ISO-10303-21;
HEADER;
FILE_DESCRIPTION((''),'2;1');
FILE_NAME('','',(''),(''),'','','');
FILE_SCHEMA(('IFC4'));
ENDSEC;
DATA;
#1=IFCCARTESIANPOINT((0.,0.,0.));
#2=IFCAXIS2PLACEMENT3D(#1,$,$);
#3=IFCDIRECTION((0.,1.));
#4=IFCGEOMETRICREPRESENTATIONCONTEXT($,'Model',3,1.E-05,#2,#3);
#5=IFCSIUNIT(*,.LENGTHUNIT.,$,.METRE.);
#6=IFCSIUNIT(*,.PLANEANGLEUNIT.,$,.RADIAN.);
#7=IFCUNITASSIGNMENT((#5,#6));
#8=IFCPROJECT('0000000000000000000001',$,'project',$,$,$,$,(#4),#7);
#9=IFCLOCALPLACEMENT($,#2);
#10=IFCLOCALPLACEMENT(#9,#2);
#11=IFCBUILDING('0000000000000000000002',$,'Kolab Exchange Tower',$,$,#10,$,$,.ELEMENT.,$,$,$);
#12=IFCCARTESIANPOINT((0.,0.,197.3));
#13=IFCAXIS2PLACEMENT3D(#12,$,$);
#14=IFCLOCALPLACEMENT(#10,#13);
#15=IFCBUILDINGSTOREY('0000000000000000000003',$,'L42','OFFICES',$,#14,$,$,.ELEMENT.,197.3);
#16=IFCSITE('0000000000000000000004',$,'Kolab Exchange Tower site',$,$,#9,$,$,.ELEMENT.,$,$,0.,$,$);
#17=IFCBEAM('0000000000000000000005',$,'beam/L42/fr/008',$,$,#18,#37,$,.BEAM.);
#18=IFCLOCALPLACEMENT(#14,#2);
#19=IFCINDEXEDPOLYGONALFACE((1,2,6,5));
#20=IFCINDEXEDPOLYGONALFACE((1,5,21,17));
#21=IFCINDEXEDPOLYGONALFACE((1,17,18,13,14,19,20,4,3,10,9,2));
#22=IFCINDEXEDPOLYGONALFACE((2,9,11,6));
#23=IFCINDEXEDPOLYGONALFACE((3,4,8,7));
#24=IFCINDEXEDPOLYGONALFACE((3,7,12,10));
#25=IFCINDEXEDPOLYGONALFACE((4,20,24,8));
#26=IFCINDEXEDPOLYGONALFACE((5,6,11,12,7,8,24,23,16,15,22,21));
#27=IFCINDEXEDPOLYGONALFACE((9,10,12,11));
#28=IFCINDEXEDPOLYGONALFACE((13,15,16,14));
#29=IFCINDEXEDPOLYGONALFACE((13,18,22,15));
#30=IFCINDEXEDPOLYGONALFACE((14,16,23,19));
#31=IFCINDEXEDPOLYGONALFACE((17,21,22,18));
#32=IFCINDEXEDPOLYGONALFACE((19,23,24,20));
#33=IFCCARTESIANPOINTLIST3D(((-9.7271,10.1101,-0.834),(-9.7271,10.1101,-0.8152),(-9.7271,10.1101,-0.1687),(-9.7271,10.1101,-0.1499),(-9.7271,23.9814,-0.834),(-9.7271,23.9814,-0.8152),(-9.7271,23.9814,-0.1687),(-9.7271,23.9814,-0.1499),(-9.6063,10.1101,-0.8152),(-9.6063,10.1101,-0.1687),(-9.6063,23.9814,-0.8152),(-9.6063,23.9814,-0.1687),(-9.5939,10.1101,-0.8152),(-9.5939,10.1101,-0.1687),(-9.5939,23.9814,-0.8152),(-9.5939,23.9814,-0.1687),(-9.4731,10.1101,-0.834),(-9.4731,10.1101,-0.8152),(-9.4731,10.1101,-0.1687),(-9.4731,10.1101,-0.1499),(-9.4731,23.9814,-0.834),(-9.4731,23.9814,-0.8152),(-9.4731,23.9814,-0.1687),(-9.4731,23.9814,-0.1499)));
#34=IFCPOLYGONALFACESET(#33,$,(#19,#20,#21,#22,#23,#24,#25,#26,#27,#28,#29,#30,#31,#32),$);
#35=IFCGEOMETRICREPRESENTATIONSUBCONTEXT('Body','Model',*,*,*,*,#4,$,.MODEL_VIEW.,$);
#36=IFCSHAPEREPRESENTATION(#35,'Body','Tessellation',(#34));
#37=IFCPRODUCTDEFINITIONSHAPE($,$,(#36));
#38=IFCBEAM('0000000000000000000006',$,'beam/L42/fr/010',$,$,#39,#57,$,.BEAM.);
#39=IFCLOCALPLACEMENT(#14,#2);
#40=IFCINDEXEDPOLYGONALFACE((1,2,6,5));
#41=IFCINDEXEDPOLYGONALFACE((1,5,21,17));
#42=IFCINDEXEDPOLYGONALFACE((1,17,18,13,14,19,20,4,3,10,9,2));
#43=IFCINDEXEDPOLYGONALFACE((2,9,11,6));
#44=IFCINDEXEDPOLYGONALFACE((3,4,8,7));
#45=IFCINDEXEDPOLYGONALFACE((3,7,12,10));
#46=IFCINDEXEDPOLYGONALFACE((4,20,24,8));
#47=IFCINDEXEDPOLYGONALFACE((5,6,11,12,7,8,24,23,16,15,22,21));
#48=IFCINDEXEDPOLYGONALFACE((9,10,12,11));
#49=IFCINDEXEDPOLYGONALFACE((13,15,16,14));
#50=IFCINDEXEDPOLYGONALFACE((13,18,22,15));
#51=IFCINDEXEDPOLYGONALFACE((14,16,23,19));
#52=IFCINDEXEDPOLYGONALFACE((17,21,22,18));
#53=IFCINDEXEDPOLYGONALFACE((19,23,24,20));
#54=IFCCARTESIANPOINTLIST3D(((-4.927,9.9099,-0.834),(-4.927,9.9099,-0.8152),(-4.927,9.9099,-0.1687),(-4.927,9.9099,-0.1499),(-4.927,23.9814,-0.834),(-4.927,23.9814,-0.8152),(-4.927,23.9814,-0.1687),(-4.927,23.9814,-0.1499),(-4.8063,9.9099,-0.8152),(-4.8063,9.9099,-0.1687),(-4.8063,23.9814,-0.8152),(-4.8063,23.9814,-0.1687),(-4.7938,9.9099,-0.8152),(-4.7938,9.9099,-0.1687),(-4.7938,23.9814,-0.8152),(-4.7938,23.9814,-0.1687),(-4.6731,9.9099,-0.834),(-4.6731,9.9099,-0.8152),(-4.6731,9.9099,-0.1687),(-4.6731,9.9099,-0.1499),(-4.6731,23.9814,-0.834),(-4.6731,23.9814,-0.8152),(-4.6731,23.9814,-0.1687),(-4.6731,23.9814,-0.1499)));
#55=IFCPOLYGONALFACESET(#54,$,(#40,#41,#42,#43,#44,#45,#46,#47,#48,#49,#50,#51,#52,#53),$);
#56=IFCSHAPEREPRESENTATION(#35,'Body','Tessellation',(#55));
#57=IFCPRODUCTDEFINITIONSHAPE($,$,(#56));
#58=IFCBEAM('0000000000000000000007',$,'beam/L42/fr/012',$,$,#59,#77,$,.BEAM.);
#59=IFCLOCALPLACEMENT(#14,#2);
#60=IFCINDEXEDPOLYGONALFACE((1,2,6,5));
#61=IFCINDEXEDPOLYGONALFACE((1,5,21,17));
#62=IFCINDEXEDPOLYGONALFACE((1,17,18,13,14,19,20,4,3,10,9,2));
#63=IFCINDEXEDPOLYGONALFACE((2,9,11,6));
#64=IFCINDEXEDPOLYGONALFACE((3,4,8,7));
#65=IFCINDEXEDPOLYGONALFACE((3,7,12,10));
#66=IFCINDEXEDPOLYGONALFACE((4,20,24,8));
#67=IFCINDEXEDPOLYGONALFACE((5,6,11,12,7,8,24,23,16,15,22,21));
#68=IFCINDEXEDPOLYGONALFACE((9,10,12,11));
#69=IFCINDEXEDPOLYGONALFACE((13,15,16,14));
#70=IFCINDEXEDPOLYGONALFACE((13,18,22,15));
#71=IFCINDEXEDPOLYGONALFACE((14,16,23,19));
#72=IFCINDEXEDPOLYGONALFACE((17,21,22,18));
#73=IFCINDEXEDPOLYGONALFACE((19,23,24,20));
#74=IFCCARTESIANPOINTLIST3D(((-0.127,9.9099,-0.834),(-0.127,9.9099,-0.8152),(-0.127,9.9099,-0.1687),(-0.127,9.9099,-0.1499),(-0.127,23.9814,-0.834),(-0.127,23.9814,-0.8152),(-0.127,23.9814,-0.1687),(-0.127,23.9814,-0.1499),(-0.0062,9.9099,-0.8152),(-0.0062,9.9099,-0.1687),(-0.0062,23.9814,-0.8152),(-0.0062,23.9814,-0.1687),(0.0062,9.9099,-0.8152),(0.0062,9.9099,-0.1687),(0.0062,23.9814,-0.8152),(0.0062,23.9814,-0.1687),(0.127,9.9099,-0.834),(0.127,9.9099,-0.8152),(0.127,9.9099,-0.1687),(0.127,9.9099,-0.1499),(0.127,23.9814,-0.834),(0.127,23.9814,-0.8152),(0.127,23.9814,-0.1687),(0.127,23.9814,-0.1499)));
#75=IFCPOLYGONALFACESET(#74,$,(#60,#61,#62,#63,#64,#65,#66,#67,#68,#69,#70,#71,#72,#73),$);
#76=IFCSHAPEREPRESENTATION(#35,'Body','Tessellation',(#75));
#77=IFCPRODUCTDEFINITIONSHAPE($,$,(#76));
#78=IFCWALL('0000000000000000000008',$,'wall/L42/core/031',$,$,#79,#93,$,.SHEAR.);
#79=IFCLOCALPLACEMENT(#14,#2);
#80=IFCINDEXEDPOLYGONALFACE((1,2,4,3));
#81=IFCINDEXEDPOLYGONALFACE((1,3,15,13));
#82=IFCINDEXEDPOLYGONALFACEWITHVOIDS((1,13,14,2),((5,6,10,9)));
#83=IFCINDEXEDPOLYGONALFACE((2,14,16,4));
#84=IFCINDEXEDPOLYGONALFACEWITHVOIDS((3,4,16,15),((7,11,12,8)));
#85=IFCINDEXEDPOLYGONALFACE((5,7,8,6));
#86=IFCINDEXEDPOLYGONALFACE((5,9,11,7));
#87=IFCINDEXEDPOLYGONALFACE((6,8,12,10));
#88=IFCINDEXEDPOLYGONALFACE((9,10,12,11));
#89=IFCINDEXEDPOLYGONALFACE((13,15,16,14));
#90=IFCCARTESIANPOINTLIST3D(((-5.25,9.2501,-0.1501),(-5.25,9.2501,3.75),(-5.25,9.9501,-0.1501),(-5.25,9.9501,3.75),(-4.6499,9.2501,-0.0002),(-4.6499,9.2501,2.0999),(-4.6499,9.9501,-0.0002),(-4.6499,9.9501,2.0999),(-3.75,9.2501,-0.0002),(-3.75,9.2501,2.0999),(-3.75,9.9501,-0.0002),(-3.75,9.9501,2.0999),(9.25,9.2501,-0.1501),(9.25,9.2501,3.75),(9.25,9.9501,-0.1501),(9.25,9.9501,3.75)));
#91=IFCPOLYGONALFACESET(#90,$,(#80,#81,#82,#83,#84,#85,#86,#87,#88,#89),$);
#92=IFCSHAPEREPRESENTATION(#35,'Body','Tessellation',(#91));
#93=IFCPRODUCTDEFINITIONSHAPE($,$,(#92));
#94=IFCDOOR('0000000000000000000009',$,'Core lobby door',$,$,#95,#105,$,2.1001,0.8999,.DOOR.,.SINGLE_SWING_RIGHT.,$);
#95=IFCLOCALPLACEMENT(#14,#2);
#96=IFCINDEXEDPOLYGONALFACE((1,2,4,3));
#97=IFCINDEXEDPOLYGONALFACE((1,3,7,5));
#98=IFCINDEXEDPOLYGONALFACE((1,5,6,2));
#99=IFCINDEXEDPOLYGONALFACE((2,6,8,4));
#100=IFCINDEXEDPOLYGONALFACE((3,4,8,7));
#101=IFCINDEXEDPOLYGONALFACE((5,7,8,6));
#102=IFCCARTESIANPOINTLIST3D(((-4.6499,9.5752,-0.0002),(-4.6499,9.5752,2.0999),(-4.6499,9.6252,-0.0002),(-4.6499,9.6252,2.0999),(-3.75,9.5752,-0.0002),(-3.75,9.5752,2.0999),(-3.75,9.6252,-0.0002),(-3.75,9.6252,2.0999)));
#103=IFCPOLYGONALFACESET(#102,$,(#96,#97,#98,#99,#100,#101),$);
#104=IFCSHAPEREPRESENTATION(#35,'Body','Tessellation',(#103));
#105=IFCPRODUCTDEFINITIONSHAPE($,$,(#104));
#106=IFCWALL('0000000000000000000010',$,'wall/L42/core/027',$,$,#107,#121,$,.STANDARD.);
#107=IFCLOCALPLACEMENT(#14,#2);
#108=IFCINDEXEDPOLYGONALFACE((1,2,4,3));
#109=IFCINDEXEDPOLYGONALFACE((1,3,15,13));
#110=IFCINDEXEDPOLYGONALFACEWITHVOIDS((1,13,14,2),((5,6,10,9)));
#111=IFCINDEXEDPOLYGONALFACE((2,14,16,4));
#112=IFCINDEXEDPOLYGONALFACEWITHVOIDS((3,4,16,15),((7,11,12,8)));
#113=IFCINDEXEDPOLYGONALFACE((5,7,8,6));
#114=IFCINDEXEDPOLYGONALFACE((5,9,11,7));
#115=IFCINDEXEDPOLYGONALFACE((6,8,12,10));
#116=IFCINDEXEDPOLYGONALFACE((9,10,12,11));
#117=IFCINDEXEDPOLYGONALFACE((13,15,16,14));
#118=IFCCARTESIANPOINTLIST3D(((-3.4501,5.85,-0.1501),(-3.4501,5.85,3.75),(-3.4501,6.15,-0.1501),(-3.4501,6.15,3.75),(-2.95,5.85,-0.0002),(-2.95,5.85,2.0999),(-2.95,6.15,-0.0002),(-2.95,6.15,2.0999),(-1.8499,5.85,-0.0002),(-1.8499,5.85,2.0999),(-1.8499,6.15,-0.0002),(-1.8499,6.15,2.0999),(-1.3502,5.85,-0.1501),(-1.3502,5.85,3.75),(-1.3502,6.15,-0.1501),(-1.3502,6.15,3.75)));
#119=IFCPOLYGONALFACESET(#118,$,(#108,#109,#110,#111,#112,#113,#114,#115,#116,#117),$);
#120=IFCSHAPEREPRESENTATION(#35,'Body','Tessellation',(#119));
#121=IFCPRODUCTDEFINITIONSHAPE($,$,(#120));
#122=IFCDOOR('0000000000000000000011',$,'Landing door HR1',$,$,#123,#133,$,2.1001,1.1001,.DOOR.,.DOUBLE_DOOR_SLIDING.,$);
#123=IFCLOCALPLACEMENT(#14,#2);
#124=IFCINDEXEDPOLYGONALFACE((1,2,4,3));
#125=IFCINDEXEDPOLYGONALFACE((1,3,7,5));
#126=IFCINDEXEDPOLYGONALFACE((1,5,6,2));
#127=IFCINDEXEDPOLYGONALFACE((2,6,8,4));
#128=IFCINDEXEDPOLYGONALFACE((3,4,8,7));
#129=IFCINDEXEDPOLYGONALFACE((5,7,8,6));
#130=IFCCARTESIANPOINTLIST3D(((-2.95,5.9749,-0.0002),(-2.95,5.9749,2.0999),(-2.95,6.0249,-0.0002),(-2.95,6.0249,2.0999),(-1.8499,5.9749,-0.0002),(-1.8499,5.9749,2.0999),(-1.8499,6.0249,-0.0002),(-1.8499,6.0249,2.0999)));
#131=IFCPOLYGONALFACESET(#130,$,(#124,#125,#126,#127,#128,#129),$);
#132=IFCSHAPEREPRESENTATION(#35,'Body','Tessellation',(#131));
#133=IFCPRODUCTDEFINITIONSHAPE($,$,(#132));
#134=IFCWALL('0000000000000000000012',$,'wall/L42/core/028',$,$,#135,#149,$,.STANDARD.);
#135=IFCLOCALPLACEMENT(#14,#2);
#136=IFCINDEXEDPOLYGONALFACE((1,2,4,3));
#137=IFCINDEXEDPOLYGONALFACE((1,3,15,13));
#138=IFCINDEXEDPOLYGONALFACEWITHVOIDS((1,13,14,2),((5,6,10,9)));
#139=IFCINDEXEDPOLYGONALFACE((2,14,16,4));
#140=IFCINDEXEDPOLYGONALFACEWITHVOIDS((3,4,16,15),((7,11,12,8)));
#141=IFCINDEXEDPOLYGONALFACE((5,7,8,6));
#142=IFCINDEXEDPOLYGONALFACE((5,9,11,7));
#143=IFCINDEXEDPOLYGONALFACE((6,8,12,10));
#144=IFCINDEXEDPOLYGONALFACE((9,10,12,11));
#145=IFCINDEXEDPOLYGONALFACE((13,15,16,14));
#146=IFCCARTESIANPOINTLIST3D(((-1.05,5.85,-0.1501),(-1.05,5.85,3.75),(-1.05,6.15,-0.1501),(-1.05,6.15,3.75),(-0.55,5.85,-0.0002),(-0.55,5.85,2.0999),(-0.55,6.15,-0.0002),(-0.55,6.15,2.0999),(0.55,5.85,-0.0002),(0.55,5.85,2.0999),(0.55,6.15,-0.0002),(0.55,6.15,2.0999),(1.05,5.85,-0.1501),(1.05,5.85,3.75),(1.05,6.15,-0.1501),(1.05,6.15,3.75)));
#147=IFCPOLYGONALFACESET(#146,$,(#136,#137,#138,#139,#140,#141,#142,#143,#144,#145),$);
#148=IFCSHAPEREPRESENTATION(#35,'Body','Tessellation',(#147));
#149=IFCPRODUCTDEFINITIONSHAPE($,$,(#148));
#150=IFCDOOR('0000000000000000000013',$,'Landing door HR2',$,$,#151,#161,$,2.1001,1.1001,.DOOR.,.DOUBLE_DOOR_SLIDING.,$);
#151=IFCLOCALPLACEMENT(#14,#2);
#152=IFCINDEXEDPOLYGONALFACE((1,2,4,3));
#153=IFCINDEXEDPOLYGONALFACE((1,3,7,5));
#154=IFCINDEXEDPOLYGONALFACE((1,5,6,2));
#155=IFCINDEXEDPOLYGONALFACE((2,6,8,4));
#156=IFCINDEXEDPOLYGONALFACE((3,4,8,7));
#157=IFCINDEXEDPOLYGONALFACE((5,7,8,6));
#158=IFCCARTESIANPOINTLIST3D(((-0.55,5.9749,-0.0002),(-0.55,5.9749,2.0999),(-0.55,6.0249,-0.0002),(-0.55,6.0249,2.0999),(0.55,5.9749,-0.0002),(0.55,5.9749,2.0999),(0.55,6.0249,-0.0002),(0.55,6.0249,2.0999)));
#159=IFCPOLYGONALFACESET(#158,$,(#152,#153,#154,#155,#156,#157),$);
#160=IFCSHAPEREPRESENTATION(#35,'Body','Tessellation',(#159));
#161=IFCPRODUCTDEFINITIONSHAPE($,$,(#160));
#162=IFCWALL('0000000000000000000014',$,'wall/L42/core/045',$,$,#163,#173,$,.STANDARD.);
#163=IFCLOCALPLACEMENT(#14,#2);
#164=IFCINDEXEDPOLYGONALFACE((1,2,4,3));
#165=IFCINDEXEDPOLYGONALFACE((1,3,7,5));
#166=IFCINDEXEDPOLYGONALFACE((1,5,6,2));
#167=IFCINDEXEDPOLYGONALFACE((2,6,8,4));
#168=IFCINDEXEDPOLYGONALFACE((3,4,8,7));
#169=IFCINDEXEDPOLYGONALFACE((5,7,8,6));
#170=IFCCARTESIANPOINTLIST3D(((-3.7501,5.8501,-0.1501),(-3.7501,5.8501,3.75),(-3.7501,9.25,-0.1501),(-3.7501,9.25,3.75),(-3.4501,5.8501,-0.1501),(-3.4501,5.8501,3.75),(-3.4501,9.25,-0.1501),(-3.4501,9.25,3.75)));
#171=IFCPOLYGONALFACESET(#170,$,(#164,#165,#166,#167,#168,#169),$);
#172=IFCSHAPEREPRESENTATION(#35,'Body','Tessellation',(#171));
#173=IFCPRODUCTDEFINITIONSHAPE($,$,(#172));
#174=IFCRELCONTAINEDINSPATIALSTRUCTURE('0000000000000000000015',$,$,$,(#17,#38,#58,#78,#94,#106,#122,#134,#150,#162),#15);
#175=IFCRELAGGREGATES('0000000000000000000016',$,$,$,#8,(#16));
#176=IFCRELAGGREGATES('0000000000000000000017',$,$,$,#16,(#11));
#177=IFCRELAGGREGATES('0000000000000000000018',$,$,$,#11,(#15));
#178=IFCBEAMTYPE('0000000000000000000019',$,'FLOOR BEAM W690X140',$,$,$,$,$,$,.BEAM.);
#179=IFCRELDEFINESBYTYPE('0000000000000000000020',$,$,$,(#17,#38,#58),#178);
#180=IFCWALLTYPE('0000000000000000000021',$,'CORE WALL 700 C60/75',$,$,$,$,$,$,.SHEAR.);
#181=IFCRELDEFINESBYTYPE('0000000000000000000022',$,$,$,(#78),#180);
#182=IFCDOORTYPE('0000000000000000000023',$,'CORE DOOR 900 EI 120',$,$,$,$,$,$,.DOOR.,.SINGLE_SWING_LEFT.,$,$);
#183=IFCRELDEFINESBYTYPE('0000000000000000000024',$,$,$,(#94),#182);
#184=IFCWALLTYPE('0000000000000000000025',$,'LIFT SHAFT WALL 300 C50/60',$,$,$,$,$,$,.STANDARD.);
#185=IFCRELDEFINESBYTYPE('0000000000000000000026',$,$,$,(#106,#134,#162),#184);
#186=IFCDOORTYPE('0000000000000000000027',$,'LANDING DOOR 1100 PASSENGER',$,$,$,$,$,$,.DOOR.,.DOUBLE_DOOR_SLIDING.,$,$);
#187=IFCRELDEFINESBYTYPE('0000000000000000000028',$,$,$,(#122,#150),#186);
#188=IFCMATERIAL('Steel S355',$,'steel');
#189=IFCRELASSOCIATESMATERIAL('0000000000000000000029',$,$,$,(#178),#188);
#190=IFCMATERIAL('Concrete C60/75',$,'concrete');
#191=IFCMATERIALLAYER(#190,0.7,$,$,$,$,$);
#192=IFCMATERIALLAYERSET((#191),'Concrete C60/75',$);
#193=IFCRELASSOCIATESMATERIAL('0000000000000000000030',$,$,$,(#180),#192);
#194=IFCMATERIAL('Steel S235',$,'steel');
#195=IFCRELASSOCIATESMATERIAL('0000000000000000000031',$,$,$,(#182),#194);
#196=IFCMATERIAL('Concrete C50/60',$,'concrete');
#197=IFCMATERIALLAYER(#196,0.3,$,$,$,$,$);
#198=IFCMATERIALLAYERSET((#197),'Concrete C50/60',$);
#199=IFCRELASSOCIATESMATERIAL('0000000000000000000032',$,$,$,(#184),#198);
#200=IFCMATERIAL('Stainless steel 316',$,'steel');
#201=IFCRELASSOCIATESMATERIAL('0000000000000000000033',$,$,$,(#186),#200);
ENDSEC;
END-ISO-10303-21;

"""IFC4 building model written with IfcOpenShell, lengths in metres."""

from ifc_helpers import new_model, si_unit, direction, frame, frame_2d, origin, origin_2d, place, context, subcontext, project, spatial, rectangle, i_section, extrude, material, layer, layer_set, material_profile, profile_set, type_object, element, fill, save


model = new_model("IFC4")

# Units and contexts
model_context = context("Model", 3, precision=1e-05, world=origin(), true_north=direction((0.0, 1.0)))
body_context = subcontext(model_context, "Body", "Model", "MODEL_VIEW")
ifc_project = project(units=[si_unit("LENGTHUNIT", "METRE"), si_unit("PLANEANGLEUNIT", "RADIAN")], contexts=[model_context])

# Site, building, storey
site_placement = place(None, origin())
site = spatial("IfcSite", under=ifc_project, at=site_placement, Name="Kolab Exchange Tower site", CompositionType="ELEMENT", RefElevation=0.0)
building_placement = place(site_placement, origin())
building = spatial("IfcBuilding", under=site, at=building_placement, Name="Kolab Exchange Tower", CompositionType="ELEMENT")
storey_placement = place(building_placement, frame((0.0, 0.0, 197.3)))
storey = spatial("IfcBuildingStorey", under=building, at=storey_placement, Name="L42", Description="OFFICES", CompositionType="ELEMENT", Elevation=197.3)

# Beams
ifc_material_1 = material(Name="Steel S355", Category="steel")
ifc_material_profile = material_profile(ifc_material_1, i_section(OverallWidth=0.2539, OverallDepth=0.6841, WebThickness=0.0125, FlangeThickness=0.0188, at=origin_2d()), Name="W690X140")
ifc_profile_set = profile_set([ifc_material_profile], Name="Steel S355")
beam_type = type_object("IfcBeamType", Name="FLOOR BEAM W690X140", PredefinedType="BEAM", material=ifc_profile_set)
beam_placement = place(storey_placement, frame((-9.6001, 10.1101, -0.4919), z_axis=(0.0, 1.0, 0.0), x_axis=(-1.0, 0.0, 0.0)))
element("IfcBeam", 1, at=beam_placement, inside=storey, type_object=beam_type, Name="beam/L42/fr/008", PredefinedType="BEAM", context=body_context, shape_type="SweptSolid", body=[
    extrude(i_section(OverallWidth=0.2539, OverallDepth=0.6841, WebThickness=0.0125, FlangeThickness=0.0188, at=origin_2d()), origin(), (0.0, 0.0, 1.0), 13.8713),
])
for number, where, z_axis, x_axis, name in (
    (2, (-4.8, 9.9099, -0.4919), (0.0, 1.0, 0.0), (-1.0, 0.0, 0.0), "beam/L42/fr/010"),
    (3, (0.0, 9.9099, -0.4919), (0.0, 1.0, 0.0), (-1.0, 0.0, 0.0), "beam/L42/fr/012"),
):
    element("IfcBeam", number, at=place(storey_placement, frame(where, z_axis=z_axis, x_axis=x_axis)), inside=storey, type_object=beam_type, Name=name, PredefinedType="BEAM", context=body_context, shape_type="SweptSolid", body=[
        extrude(i_section(OverallWidth=0.2539, OverallDepth=0.6841, WebThickness=0.0125, FlangeThickness=0.0188, at=origin_2d()), origin(), (0.0, 0.0, 1.0), 14.0715),
    ])

# Walls, openings, doors
ifc_material_2 = material(Name="Concrete C60/75", Category="concrete")
ifc_layer_1 = layer(ifc_material_2, 0.7)
ifc_layer_set_1 = layer_set([ifc_layer_1], Name="Concrete C60/75")
wall_type_1 = type_object("IfcWallType", Name="CORE WALL 700 C60/75", PredefinedType="SHEAR", material=ifc_layer_set_1)
wall_1_placement = place(storey_placement, frame((-5.25, 9.6001, -0.1501), z_axis=(0.0, 0.0, 1.0), x_axis=(1.0, 0.0, 0.0)))
wall_1 = element("IfcWall", 4, at=wall_1_placement, inside=storey, type_object=wall_type_1, Name="wall/L42/core/031", PredefinedType="SHEAR", context=body_context, shape_type="SweptSolid", body=[
    extrude(rectangle(XDim=14.5, YDim=0.7, at=frame_2d((7.25, 0.0))), origin(), (0.0, 0.0, 1.0), 3.9001),
])
opening_1_placement = place(wall_1_placement, frame((0.6001, 0.0, 0.1499)))
opening_1 = element("IfcOpeningElement", 5, at=opening_1_placement, cuts=wall_1, PredefinedType="OPENING", context=body_context, shape_type="SweptSolid", body=[
    extrude(rectangle(XDim=0.8999, YDim=2.1001, at=frame_2d((0.45, 1.05))), frame((0.0, 0.3599, 0.0), z_axis=(0.0, -1.0, 0.0), x_axis=(1.0, 0.0, 0.0)), (0.0, 0.0, 1.0), 0.72),
])
ifc_material_3 = material(Name="Steel S235", Category="steel")
door_type_1 = type_object("IfcDoorType", Name="CORE DOOR 900 EI 120", OperationType="SINGLE_SWING_LEFT", PredefinedType="DOOR", material=ifc_material_3)
door_1_placement = place(opening_1_placement, frame((0.8999, 0.0, 0.0), z_axis=(0.0, 0.0, 1.0), x_axis=(-1.0, 0.0, 0.0)))
door_1 = element("IfcDoor", 6, at=door_1_placement, inside=storey, type_object=door_type_1, Name="Core lobby door", OperationType="SINGLE_SWING_RIGHT", OverallHeight=2.1001, OverallWidth=0.8999, PredefinedType="DOOR", context=body_context, shape_type="SweptSolid", body=[
    extrude(rectangle(XDim=0.8999, YDim=2.1001, at=frame_2d((0.45, 1.05))), frame((0.0, 0.0249, 0.0), z_axis=(0.0, -1.0, 0.0), x_axis=(1.0, 0.0, 0.0)), (0.0, 0.0, 1.0), 0.05),
])
fill(opening_1, door_1)
ifc_material_4 = material(Name="Concrete C50/60", Category="concrete")
ifc_layer_2 = layer(ifc_material_4, 0.3)
ifc_layer_set_2 = layer_set([ifc_layer_2], Name="Concrete C50/60")
wall_type_2 = type_object("IfcWallType", Name="LIFT SHAFT WALL 300 C50/60", PredefinedType="STANDARD", material=ifc_layer_set_2)
wall_2_placement = place(storey_placement, frame((-3.45, 6.0, -0.1501), z_axis=(0.0, 0.0, 1.0), x_axis=(1.0, 0.0, 0.0)))
wall_2 = element("IfcWall", 7, at=wall_2_placement, inside=storey, type_object=wall_type_2, Name="wall/L42/core/027", PredefinedType="STANDARD", context=body_context, shape_type="SweptSolid", body=[
    extrude(rectangle(XDim=2.0999, YDim=0.3, at=frame_2d((1.0498, 0.0))), origin(), (0.0, 0.0, 1.0), 3.9001),
])
opening_2_placement = place(wall_2_placement, frame((0.5, 0.0, 0.1499)))
opening_2 = element("IfcOpeningElement", 8, at=opening_2_placement, cuts=wall_2, PredefinedType="OPENING", context=body_context, shape_type="SweptSolid", body=[
    extrude(rectangle(XDim=1.1001, YDim=2.1001, at=frame_2d((0.55, 1.05))), frame((0.0, 0.1602, 0.0), z_axis=(0.0, -1.0, 0.0), x_axis=(1.0, 0.0, 0.0)), (0.0, 0.0, 1.0), 0.3201),
])
ifc_material_5 = material(Name="Stainless steel 316", Category="steel")
door_type_2 = type_object("IfcDoorType", Name="LANDING DOOR 1100 PASSENGER", OperationType="DOUBLE_DOOR_SLIDING", PredefinedType="DOOR", material=ifc_material_5)
door_2_placement = place(opening_2_placement, origin())
door_2 = element("IfcDoor", 9, at=door_2_placement, inside=storey, type_object=door_type_2, Name="Landing door HR1", OperationType="DOUBLE_DOOR_SLIDING", OverallHeight=2.1001, OverallWidth=1.1001, PredefinedType="DOOR", context=body_context, shape_type="SweptSolid", body=[
    extrude(rectangle(XDim=1.1001, YDim=2.1001, at=frame_2d((0.55, 1.05))), frame((0.0, 0.0249, 0.0), z_axis=(0.0, -1.0, 0.0), x_axis=(1.0, 0.0, 0.0)), (0.0, 0.0, 1.0), 0.05),
])
fill(opening_2, door_2)
wall_3_placement = place(storey_placement, frame((-1.05, 6.0, -0.1501), z_axis=(0.0, 0.0, 1.0), x_axis=(1.0, 0.0, 0.0)))
wall_3 = element("IfcWall", 10, at=wall_3_placement, inside=storey, type_object=wall_type_2, Name="wall/L42/core/028", PredefinedType="STANDARD", context=body_context, shape_type="SweptSolid", body=[
    extrude(rectangle(XDim=2.1001, YDim=0.3, at=frame_2d((1.05, 0.0))), origin(), (0.0, 0.0, 1.0), 3.9001),
])
opening_3_placement = place(wall_3_placement, frame((0.5, 0.0, 0.1499)))
opening_3 = element("IfcOpeningElement", 11, at=opening_3_placement, cuts=wall_3, PredefinedType="OPENING", context=body_context, shape_type="SweptSolid", body=[
    extrude(rectangle(XDim=1.1001, YDim=2.1001, at=frame_2d((0.55, 1.05))), frame((0.0, 0.1602, 0.0), z_axis=(0.0, -1.0, 0.0), x_axis=(1.0, 0.0, 0.0)), (0.0, 0.0, 1.0), 0.3201),
])
door_3_placement = place(opening_3_placement, origin())
door_3 = element("IfcDoor", 12, at=door_3_placement, inside=storey, type_object=door_type_2, Name="Landing door HR2", OperationType="DOUBLE_DOOR_SLIDING", OverallHeight=2.1001, OverallWidth=1.1001, PredefinedType="DOOR", context=body_context, shape_type="SweptSolid", body=[
    extrude(rectangle(XDim=1.1001, YDim=2.1001, at=frame_2d((0.55, 1.05))), frame((0.0, 0.0249, 0.0), z_axis=(0.0, -1.0, 0.0), x_axis=(1.0, 0.0, 0.0)), (0.0, 0.0, 1.0), 0.05),
])
fill(opening_3, door_3)

# Wall
for number, where, z_axis, x_axis, name in (
    (13, (-3.6001, 5.8501, -0.1501), (0.0, 0.0, 1.0), (0.0, 1.0, 0.0), "wall/L42/core/045"),
):
    element("IfcWall", number, at=place(storey_placement, frame(where, z_axis=z_axis, x_axis=x_axis)), inside=storey, type_object=wall_type_2, Name=name, PredefinedType="STANDARD", context=body_context, shape_type="SweptSolid", body=[
        extrude(rectangle(XDim=3.3999, YDim=0.3, at=frame_2d((1.7, 0.0))), origin(), (0.0, 0.0, 1.0), 3.9001),
    ])

save(model, "model.ifc")
